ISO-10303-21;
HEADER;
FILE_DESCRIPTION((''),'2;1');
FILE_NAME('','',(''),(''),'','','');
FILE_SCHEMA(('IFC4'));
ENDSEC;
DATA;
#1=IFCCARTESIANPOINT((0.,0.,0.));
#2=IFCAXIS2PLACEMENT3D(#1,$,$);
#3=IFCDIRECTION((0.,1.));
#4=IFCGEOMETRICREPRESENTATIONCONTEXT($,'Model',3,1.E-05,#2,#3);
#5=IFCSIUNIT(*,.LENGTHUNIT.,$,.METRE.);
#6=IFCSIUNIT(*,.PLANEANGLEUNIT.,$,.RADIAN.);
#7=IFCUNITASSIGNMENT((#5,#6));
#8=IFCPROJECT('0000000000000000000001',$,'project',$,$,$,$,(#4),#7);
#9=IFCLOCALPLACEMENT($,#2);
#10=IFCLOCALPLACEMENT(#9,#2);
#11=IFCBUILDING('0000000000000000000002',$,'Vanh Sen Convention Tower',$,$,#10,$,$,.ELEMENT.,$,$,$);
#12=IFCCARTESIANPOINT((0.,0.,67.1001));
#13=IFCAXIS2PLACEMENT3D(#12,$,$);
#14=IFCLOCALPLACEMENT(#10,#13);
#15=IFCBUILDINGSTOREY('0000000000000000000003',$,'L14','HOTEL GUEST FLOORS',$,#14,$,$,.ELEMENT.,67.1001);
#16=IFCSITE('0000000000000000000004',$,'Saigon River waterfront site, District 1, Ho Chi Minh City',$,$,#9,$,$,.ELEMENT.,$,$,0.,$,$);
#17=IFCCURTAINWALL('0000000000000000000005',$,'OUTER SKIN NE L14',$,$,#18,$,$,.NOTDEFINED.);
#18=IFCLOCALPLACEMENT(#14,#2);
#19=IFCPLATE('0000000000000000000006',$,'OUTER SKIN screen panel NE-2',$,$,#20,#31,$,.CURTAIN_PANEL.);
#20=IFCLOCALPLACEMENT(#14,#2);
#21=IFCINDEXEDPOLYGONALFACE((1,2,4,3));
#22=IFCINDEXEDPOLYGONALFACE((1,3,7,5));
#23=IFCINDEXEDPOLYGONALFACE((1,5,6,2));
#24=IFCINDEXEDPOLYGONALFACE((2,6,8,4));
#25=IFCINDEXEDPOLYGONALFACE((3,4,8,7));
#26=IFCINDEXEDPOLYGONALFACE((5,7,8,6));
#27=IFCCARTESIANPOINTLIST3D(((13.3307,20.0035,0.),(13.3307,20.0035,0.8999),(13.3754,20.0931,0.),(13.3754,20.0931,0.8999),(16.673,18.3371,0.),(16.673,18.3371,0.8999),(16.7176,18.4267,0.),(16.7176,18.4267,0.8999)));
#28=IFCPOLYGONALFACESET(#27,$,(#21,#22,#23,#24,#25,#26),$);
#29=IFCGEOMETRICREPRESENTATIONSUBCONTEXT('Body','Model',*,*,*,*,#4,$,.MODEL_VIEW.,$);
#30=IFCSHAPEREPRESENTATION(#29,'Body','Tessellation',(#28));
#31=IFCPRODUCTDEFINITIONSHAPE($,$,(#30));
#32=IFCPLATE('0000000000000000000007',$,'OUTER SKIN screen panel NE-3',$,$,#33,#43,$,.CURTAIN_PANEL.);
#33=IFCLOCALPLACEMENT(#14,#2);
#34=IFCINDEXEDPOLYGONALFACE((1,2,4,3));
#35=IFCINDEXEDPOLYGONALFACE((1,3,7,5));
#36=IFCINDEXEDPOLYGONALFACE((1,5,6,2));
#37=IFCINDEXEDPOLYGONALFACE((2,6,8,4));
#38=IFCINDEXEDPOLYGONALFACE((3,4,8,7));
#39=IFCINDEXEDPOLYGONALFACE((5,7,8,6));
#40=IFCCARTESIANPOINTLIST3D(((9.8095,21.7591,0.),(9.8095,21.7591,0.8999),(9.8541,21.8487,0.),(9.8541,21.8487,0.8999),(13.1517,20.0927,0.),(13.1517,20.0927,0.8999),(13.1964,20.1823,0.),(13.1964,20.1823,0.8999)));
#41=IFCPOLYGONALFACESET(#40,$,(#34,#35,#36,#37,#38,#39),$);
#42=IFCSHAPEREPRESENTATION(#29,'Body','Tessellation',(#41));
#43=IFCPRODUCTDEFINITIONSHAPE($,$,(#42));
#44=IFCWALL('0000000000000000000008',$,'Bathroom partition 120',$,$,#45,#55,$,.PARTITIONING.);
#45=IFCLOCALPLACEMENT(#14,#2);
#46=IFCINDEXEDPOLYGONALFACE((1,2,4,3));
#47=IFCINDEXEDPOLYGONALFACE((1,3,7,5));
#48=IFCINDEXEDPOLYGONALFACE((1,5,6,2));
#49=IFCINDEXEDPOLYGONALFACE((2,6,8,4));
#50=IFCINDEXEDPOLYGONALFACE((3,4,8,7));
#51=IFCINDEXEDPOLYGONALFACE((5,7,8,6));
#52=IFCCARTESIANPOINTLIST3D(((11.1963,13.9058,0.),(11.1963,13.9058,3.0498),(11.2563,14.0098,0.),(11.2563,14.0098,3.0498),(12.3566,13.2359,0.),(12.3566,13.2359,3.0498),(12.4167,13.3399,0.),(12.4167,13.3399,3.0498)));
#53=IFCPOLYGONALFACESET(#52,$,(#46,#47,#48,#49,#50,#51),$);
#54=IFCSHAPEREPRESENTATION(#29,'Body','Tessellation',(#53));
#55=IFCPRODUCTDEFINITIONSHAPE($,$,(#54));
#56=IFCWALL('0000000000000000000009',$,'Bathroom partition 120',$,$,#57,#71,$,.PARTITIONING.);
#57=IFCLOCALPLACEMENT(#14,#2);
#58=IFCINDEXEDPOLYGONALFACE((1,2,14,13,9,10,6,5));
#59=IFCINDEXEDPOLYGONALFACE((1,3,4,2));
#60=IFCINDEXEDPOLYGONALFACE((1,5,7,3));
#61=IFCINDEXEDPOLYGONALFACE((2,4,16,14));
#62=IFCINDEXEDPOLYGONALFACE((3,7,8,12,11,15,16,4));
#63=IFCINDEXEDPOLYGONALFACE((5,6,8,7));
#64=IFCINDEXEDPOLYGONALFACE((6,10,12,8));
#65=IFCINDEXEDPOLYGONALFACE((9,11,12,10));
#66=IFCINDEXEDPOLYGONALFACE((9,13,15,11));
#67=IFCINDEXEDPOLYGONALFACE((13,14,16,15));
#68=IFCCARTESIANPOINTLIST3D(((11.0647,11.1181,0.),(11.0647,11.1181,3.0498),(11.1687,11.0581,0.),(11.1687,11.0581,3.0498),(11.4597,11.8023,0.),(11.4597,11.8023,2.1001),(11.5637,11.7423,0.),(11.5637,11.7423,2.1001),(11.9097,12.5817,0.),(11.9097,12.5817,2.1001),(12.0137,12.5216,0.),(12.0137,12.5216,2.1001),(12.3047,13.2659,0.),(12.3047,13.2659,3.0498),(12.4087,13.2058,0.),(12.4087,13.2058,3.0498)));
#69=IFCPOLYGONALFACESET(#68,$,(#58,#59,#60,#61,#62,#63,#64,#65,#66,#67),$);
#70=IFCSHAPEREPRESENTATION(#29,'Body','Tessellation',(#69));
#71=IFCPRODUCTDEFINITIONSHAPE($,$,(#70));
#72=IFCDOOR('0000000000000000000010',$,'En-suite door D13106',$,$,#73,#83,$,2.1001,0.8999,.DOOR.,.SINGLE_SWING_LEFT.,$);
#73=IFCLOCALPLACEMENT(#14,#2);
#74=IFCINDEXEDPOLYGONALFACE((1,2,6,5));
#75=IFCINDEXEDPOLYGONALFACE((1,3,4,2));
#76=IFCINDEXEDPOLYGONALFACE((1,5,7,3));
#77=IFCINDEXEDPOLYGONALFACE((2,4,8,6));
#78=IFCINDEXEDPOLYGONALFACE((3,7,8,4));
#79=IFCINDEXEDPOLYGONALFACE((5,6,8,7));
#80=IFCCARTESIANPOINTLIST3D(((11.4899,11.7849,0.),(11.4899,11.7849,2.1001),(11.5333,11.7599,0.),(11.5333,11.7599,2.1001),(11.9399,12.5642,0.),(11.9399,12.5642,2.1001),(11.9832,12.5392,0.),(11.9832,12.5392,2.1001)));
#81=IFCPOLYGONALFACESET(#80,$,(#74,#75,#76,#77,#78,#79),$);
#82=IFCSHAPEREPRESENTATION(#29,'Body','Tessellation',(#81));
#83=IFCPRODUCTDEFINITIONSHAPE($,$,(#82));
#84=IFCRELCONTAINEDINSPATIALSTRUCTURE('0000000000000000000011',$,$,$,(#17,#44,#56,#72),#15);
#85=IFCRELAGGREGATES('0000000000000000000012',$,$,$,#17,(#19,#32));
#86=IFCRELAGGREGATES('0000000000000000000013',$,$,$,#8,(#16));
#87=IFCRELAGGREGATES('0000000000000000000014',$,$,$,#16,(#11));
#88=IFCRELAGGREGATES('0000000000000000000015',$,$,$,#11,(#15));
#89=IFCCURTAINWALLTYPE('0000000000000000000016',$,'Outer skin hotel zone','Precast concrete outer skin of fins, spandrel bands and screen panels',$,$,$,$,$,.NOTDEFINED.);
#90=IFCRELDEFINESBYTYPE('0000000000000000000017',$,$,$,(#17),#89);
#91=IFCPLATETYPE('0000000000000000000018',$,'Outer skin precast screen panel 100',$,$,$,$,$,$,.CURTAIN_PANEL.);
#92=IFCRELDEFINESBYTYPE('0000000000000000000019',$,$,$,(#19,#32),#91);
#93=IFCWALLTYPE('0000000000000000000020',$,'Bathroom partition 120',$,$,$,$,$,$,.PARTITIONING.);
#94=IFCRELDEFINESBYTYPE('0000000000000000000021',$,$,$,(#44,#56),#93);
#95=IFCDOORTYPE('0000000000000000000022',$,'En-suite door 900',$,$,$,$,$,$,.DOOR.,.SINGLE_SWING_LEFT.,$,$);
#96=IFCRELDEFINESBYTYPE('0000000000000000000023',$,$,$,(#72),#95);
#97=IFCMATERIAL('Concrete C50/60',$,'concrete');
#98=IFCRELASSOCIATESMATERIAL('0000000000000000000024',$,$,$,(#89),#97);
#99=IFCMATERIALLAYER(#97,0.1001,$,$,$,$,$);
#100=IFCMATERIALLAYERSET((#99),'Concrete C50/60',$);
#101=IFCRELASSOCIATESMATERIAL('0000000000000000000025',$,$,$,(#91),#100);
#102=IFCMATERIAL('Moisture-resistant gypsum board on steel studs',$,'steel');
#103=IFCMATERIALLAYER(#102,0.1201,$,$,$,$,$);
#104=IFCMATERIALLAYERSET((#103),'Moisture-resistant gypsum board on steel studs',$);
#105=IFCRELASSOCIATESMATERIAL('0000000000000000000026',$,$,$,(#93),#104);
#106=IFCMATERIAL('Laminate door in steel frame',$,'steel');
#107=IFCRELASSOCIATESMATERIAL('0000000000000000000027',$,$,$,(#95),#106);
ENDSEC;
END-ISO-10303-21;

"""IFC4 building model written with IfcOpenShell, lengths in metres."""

from ifc_helpers import new_model, si_unit, direction, frame, frame_2d, origin, origin_2d, place, context, subcontext, project, spatial, rectangle, extrude, material, layer, layer_set, type_object, element, fill, aggregate, save


model = new_model("IFC4")

# Units and contexts
model_context = context("Model", 3, precision=1e-05, world=origin(), true_north=direction((0.0, 1.0)))
body_context = subcontext(model_context, "Body", "Model", "MODEL_VIEW")
ifc_project = project(units=[si_unit("LENGTHUNIT", "METRE"), si_unit("PLANEANGLEUNIT", "RADIAN")], contexts=[model_context])

# Site, building, storey
site_placement = place(None, origin())
site = spatial("IfcSite", under=ifc_project, at=site_placement, Name="Saigon River waterfront site, District 1, Ho Chi Minh City", CompositionType="ELEMENT", RefElevation=0.0)
building_placement = place(site_placement, origin())
building = spatial("IfcBuilding", under=site, at=building_placement, Name="Vanh Sen Convention Tower", CompositionType="ELEMENT")
storey_placement = place(building_placement, frame((0.0, 0.0, 67.1001)))
storey = spatial("IfcBuildingStorey", under=building, at=storey_placement, Name="L14", Description="HOTEL GUEST FLOORS", CompositionType="ELEMENT", Elevation=67.1001)

# Curtain wall
ifc_material_1 = material(Name="Concrete C50/60", Category="concrete")
curtain_wall_type = type_object("IfcCurtainWallType", Name="Outer skin hotel zone", Description="Precast concrete outer skin of fins, spandrel bands and screen panels", PredefinedType="NOTDEFINED", material=ifc_material_1)
curtain_wall_1_placement = place(storey_placement, origin())
curtain_wall_1 = element("IfcCurtainWall", 1, at=curtain_wall_1_placement, inside=storey, type_object=curtain_wall_type, Name="OUTER SKIN NE L14", PredefinedType="NOTDEFINED")

# Shared definitions
ifc_layer_1 = layer(ifc_material_1, 0.1001)
ifc_layer_set_1 = layer_set([ifc_layer_1], Name="Concrete C50/60")
plate_type = type_object("IfcPlateType", Name="Outer skin precast screen panel 100", PredefinedType="CURTAIN_PANEL", material=ifc_layer_set_1)

# Plates
plate_1_placement = place(storey_placement, frame((15.0242, 19.2151, 0.0), z_axis=(0.0, 0.0, 1.0), x_axis=(-0.894935, 0.446196, 0.0)))
plate_1 = element("IfcPlate", 2, at=plate_1_placement, type_object=plate_type, Name="OUTER SKIN screen panel NE-2", PredefinedType="CURTAIN_PANEL", context=body_context, shape_type="SweptSolid", body=[
    extrude(rectangle(XDim=3.7346, YDim=0.1001, at=origin_2d()), origin(), (0.0, 0.0, 1.0), 0.8999),
])
plate_2_placement = place(storey_placement, frame((11.5029, 20.9707, 0.0), z_axis=(0.0, 0.0, 1.0), x_axis=(-0.894935, 0.446196, 0.0)))
plate_2 = element("IfcPlate", 3, at=plate_2_placement, type_object=plate_type, Name="OUTER SKIN screen panel NE-3", PredefinedType="CURTAIN_PANEL", context=body_context, shape_type="SweptSolid", body=[
    extrude(rectangle(XDim=3.7346, YDim=0.1001, at=origin_2d()), origin(), (0.0, 0.0, 1.0), 0.8999),
])
aggregate(curtain_wall_1, [plate_1, plate_2])

# Wall
ifc_material_2 = material(Name="Moisture-resistant gypsum board on steel studs", Category="steel")
ifc_layer_2 = layer(ifc_material_2, 0.1201)
ifc_layer_set_2 = layer_set([ifc_layer_2], Name="Moisture-resistant gypsum board on steel studs")
wall_type_1 = type_object("IfcWallType", Name="Bathroom partition 120", PredefinedType="PARTITIONING", material=ifc_layer_set_2)
wall_1_placement = place(storey_placement, frame((11.2263, 13.9578, 0.0), z_axis=(0.0, 0.0, 1.0), x_axis=(0.866037, -0.49998, 0.0)))
element("IfcWall", 4, at=wall_1_placement, inside=storey, type_object=wall_type_1, Name="Bathroom partition 120", PredefinedType="PARTITIONING", context=body_context, shape_type="SweptSolid", body=[
    extrude(rectangle(XDim=1.3398, YDim=0.1201, at=frame_2d((0.6699, 0.0))), origin(), (0.0, 0.0, 1.0), 3.0498),
])

# Wall, opening, door
wall_2_placement = place(storey_placement, frame((12.3567, 13.2358, 0.0), z_axis=(0.0, 0.0, 1.0), x_axis=(-0.500004, -0.866023, 0.0)))
wall_2 = element("IfcWall", 5, at=wall_2_placement, inside=storey, type_object=wall_type_1, Name="Bathroom partition 120", PredefinedType="PARTITIONING", context=body_context, shape_type="SweptSolid", body=[
    extrude(rectangle(XDim=2.48, YDim=0.1201, at=frame_2d((1.24, 0.0))), origin(), (0.0, 0.0, 1.0), 3.0498),
])
opening_1_placement = place(wall_2_placement, frame((0.79, 0.0, 0.0)))
opening_1 = element("IfcOpeningElement", 6, at=opening_1_placement, cuts=wall_2, PredefinedType="OPENING", context=body_context, shape_type="SweptSolid", body=[
    extrude(rectangle(XDim=0.8999, YDim=2.1001, at=frame_2d((0.45, 1.05))), frame((0.0, 0.0701, 0.0), z_axis=(0.0, -1.0, 0.0), x_axis=(1.0, 0.0, 0.0)), (0.0, 0.0, 1.0), 0.1401),
])
ifc_material_3 = material(Name="Laminate door in steel frame", Category="steel")
door_type = type_object("IfcDoorType", Name="En-suite door 900", OperationType="SINGLE_SWING_LEFT", PredefinedType="DOOR", material=ifc_material_3)
door_placement = place(opening_1_placement, origin())
door = element("IfcDoor", 7, at=door_placement, inside=storey, type_object=door_type, Name="En-suite door D13106", OperationType="SINGLE_SWING_LEFT", OverallHeight=2.1001, OverallWidth=0.8999, PredefinedType="DOOR", context=body_context, shape_type="SweptSolid", body=[
    extrude(rectangle(XDim=0.8999, YDim=2.1001, at=frame_2d((0.45, 1.05))), frame((0.0, 0.0249, 0.0), z_axis=(0.0, -1.0, 0.0), x_axis=(1.0, 0.0, 0.0)), (0.0, 0.0, 1.0), 0.05),
])
fill(opening_1, door)

save(model, "model.ifc")
